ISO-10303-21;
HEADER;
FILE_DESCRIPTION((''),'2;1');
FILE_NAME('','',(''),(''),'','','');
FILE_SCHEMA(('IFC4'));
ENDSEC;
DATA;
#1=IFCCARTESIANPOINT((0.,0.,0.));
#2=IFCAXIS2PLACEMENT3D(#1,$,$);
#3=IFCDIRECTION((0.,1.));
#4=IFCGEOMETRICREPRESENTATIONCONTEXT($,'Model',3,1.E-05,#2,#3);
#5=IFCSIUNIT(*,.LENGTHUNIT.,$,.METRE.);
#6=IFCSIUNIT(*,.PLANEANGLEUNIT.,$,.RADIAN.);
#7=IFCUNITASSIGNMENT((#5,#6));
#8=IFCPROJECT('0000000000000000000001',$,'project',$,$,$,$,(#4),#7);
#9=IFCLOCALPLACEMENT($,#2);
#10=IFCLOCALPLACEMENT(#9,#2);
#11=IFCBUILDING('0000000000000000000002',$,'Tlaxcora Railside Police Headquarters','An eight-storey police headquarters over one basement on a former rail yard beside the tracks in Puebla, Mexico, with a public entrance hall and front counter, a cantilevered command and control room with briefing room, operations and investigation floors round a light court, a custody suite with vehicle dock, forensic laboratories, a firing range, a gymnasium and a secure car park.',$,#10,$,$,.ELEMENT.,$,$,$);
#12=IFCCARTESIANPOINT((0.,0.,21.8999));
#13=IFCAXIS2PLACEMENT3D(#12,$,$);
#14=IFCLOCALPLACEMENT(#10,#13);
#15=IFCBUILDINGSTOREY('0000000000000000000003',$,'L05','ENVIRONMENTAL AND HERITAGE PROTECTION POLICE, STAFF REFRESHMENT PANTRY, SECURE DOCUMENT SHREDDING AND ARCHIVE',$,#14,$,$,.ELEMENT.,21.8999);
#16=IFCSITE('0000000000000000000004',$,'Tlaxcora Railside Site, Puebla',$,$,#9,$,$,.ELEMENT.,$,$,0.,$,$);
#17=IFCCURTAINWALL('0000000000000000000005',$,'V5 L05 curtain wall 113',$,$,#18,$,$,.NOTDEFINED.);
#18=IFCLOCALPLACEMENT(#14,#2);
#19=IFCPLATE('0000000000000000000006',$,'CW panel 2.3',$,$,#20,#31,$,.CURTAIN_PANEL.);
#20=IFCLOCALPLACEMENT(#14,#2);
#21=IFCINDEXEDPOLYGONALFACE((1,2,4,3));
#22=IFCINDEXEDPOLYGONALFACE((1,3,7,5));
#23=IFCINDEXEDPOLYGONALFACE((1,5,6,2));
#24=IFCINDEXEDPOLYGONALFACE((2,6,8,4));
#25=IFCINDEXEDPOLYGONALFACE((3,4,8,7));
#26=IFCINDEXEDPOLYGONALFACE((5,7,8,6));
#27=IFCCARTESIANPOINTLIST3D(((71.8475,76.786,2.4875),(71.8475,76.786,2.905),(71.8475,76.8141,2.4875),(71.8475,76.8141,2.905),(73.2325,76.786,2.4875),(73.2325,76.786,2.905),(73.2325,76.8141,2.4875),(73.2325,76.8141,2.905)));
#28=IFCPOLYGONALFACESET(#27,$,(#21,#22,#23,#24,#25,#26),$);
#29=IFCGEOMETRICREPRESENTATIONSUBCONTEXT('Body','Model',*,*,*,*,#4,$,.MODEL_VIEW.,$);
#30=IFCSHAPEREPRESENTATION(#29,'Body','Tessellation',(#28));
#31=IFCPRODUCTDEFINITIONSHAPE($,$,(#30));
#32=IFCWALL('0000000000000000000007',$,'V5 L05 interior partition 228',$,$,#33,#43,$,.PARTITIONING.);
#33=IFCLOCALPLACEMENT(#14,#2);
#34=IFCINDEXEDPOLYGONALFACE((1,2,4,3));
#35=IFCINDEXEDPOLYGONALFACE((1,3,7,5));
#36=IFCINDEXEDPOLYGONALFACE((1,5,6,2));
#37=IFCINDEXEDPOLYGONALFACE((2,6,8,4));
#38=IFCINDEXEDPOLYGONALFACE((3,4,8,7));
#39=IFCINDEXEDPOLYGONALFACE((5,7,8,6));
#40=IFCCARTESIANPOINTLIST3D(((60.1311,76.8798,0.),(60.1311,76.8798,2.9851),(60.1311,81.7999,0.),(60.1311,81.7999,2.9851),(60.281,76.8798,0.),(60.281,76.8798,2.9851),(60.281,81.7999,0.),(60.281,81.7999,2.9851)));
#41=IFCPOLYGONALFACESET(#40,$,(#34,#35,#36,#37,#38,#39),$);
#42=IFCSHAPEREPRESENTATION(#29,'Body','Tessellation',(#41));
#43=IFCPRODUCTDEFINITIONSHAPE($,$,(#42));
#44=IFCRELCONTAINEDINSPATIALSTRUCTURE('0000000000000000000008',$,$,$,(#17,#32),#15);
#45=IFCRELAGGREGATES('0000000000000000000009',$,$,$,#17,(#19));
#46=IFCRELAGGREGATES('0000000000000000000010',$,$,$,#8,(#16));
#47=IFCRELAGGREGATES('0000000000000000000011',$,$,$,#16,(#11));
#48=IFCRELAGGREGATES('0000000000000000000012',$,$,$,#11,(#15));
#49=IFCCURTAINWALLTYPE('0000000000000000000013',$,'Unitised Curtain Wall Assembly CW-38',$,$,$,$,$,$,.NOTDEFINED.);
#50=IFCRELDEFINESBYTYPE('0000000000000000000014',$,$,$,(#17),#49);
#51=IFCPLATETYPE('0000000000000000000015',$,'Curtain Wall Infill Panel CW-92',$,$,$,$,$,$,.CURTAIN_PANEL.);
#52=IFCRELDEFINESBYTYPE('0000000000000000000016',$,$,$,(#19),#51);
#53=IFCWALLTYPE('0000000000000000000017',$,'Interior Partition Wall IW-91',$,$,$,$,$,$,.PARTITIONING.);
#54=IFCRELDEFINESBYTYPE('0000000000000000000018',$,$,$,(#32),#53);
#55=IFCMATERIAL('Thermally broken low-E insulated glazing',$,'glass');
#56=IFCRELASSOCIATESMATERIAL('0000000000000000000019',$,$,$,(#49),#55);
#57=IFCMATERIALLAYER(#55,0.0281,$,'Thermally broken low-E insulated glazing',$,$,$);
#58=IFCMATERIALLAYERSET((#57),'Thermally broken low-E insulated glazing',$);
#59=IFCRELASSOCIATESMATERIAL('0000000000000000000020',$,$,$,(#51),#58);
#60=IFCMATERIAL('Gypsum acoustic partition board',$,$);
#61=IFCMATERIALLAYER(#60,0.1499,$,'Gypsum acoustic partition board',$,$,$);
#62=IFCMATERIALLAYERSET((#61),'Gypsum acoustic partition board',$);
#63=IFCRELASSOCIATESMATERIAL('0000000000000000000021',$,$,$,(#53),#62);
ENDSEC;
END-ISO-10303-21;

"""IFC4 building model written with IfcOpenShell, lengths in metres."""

from ifc_helpers import new_model, si_unit, direction, frame, frame_2d, origin, origin_2d, place, context, subcontext, project, spatial, rectangle, extrude, material, layer, layer_set, type_object, element, aggregate, save


model = new_model("IFC4")

# Units and contexts
model_context = context("Model", 3, precision=1e-05, world=origin(), true_north=direction((0.0, 1.0)))
body_context = subcontext(model_context, "Body", "Model", "MODEL_VIEW")
ifc_project = project(units=[si_unit("LENGTHUNIT", "METRE"), si_unit("PLANEANGLEUNIT", "RADIAN")], contexts=[model_context])

# Site, building, storey
site_placement = place(None, origin())
site = spatial("IfcSite", under=ifc_project, at=site_placement, Name="Tlaxcora Railside Site, Puebla", CompositionType="ELEMENT", RefElevation=0.0)
building_placement = place(site_placement, origin())
building = spatial("IfcBuilding", under=site, at=building_placement, Name="Tlaxcora Railside Police Headquarters", Description="An eight-storey police headquarters over one basement on a former rail yard beside the tracks in Puebla, Mexico, with a public entrance hall and front counter, a cantilevered command and control room with briefing room, operations and investigation floors round a light court, a custody suite with vehicle dock, forensic laboratories, a firing range, a gymnasium and a secure car park.", CompositionType="ELEMENT")
storey_placement = place(building_placement, frame((0.0, 0.0, 21.8999)))
storey = spatial("IfcBuildingStorey", under=building, at=storey_placement, Name="L05", Description="ENVIRONMENTAL AND HERITAGE PROTECTION POLICE, STAFF REFRESHMENT PANTRY, SECURE DOCUMENT SHREDDING AND ARCHIVE", CompositionType="ELEMENT", Elevation=21.8999)

# Shared definitions
ifc_material_1 = material(Name="Thermally broken low-E insulated glazing", Category="glass")

# Curtain wall
curtain_wall_type_1 = type_object("IfcCurtainWallType", Name="Unitised Curtain Wall Assembly CW-38", PredefinedType="NOTDEFINED", material=ifc_material_1)
curtain_wall_1_placement = place(storey_placement, origin())
curtain_wall_1 = element("IfcCurtainWall", 1, at=curtain_wall_1_placement, inside=storey, type_object=curtain_wall_type_1, Name="V5 L05 curtain wall 113", PredefinedType="NOTDEFINED")

# Plate
ifc_layer_1 = layer(ifc_material_1, 0.0281, Name="Thermally broken low-E insulated glazing")
ifc_layer_set_1 = layer_set([ifc_layer_1], Name="Thermally broken low-E insulated glazing")
plate_type_1 = type_object("IfcPlateType", Name="Curtain Wall Infill Panel CW-92", PredefinedType="CURTAIN_PANEL", material=ifc_layer_set_1)
plate_1_placement = place(storey_placement, frame((72.54, 76.8, 2.4875), z_axis=(0.0, 0.0, 1.0), x_axis=(1.0, 0.0, 0.0)))
plate_1 = element("IfcPlate", 2, at=plate_1_placement, type_object=plate_type_1, Name="CW panel 2.3", PredefinedType="CURTAIN_PANEL", context=body_context, shape_type="SweptSolid", body=[
    extrude(rectangle(XDim=1.385, YDim=0.0281, at=origin_2d()), origin(), (0.0, 0.0, 1.0), 0.4175),
])
aggregate(curtain_wall_1, [plate_1])

# Wall
ifc_material_2 = material(Name="Gypsum acoustic partition board")
ifc_layer_2 = layer(ifc_material_2, 0.1499, Name="Gypsum acoustic partition board")
ifc_layer_set_2 = layer_set([ifc_layer_2], Name="Gypsum acoustic partition board")
wall_type = type_object("IfcWallType", Name="Interior Partition Wall IW-91", PredefinedType="PARTITIONING", material=ifc_layer_set_2)
wall_placement = place(storey_placement, frame((60.2061, 76.8799, 0.0), z_axis=(0.0, 0.0, 1.0), x_axis=(0.0, 1.0, 0.0)))
element("IfcWall", 3, at=wall_placement, inside=storey, type_object=wall_type, Name="V5 L05 interior partition 228", PredefinedType="PARTITIONING", context=body_context, shape_type="SweptSolid", body=[
    extrude(rectangle(XDim=4.9202, YDim=0.1499, at=frame_2d((2.46, 0.0))), origin(), (0.0, 0.0, 1.0), 2.9851),
])

save(model, "model.ifc")
